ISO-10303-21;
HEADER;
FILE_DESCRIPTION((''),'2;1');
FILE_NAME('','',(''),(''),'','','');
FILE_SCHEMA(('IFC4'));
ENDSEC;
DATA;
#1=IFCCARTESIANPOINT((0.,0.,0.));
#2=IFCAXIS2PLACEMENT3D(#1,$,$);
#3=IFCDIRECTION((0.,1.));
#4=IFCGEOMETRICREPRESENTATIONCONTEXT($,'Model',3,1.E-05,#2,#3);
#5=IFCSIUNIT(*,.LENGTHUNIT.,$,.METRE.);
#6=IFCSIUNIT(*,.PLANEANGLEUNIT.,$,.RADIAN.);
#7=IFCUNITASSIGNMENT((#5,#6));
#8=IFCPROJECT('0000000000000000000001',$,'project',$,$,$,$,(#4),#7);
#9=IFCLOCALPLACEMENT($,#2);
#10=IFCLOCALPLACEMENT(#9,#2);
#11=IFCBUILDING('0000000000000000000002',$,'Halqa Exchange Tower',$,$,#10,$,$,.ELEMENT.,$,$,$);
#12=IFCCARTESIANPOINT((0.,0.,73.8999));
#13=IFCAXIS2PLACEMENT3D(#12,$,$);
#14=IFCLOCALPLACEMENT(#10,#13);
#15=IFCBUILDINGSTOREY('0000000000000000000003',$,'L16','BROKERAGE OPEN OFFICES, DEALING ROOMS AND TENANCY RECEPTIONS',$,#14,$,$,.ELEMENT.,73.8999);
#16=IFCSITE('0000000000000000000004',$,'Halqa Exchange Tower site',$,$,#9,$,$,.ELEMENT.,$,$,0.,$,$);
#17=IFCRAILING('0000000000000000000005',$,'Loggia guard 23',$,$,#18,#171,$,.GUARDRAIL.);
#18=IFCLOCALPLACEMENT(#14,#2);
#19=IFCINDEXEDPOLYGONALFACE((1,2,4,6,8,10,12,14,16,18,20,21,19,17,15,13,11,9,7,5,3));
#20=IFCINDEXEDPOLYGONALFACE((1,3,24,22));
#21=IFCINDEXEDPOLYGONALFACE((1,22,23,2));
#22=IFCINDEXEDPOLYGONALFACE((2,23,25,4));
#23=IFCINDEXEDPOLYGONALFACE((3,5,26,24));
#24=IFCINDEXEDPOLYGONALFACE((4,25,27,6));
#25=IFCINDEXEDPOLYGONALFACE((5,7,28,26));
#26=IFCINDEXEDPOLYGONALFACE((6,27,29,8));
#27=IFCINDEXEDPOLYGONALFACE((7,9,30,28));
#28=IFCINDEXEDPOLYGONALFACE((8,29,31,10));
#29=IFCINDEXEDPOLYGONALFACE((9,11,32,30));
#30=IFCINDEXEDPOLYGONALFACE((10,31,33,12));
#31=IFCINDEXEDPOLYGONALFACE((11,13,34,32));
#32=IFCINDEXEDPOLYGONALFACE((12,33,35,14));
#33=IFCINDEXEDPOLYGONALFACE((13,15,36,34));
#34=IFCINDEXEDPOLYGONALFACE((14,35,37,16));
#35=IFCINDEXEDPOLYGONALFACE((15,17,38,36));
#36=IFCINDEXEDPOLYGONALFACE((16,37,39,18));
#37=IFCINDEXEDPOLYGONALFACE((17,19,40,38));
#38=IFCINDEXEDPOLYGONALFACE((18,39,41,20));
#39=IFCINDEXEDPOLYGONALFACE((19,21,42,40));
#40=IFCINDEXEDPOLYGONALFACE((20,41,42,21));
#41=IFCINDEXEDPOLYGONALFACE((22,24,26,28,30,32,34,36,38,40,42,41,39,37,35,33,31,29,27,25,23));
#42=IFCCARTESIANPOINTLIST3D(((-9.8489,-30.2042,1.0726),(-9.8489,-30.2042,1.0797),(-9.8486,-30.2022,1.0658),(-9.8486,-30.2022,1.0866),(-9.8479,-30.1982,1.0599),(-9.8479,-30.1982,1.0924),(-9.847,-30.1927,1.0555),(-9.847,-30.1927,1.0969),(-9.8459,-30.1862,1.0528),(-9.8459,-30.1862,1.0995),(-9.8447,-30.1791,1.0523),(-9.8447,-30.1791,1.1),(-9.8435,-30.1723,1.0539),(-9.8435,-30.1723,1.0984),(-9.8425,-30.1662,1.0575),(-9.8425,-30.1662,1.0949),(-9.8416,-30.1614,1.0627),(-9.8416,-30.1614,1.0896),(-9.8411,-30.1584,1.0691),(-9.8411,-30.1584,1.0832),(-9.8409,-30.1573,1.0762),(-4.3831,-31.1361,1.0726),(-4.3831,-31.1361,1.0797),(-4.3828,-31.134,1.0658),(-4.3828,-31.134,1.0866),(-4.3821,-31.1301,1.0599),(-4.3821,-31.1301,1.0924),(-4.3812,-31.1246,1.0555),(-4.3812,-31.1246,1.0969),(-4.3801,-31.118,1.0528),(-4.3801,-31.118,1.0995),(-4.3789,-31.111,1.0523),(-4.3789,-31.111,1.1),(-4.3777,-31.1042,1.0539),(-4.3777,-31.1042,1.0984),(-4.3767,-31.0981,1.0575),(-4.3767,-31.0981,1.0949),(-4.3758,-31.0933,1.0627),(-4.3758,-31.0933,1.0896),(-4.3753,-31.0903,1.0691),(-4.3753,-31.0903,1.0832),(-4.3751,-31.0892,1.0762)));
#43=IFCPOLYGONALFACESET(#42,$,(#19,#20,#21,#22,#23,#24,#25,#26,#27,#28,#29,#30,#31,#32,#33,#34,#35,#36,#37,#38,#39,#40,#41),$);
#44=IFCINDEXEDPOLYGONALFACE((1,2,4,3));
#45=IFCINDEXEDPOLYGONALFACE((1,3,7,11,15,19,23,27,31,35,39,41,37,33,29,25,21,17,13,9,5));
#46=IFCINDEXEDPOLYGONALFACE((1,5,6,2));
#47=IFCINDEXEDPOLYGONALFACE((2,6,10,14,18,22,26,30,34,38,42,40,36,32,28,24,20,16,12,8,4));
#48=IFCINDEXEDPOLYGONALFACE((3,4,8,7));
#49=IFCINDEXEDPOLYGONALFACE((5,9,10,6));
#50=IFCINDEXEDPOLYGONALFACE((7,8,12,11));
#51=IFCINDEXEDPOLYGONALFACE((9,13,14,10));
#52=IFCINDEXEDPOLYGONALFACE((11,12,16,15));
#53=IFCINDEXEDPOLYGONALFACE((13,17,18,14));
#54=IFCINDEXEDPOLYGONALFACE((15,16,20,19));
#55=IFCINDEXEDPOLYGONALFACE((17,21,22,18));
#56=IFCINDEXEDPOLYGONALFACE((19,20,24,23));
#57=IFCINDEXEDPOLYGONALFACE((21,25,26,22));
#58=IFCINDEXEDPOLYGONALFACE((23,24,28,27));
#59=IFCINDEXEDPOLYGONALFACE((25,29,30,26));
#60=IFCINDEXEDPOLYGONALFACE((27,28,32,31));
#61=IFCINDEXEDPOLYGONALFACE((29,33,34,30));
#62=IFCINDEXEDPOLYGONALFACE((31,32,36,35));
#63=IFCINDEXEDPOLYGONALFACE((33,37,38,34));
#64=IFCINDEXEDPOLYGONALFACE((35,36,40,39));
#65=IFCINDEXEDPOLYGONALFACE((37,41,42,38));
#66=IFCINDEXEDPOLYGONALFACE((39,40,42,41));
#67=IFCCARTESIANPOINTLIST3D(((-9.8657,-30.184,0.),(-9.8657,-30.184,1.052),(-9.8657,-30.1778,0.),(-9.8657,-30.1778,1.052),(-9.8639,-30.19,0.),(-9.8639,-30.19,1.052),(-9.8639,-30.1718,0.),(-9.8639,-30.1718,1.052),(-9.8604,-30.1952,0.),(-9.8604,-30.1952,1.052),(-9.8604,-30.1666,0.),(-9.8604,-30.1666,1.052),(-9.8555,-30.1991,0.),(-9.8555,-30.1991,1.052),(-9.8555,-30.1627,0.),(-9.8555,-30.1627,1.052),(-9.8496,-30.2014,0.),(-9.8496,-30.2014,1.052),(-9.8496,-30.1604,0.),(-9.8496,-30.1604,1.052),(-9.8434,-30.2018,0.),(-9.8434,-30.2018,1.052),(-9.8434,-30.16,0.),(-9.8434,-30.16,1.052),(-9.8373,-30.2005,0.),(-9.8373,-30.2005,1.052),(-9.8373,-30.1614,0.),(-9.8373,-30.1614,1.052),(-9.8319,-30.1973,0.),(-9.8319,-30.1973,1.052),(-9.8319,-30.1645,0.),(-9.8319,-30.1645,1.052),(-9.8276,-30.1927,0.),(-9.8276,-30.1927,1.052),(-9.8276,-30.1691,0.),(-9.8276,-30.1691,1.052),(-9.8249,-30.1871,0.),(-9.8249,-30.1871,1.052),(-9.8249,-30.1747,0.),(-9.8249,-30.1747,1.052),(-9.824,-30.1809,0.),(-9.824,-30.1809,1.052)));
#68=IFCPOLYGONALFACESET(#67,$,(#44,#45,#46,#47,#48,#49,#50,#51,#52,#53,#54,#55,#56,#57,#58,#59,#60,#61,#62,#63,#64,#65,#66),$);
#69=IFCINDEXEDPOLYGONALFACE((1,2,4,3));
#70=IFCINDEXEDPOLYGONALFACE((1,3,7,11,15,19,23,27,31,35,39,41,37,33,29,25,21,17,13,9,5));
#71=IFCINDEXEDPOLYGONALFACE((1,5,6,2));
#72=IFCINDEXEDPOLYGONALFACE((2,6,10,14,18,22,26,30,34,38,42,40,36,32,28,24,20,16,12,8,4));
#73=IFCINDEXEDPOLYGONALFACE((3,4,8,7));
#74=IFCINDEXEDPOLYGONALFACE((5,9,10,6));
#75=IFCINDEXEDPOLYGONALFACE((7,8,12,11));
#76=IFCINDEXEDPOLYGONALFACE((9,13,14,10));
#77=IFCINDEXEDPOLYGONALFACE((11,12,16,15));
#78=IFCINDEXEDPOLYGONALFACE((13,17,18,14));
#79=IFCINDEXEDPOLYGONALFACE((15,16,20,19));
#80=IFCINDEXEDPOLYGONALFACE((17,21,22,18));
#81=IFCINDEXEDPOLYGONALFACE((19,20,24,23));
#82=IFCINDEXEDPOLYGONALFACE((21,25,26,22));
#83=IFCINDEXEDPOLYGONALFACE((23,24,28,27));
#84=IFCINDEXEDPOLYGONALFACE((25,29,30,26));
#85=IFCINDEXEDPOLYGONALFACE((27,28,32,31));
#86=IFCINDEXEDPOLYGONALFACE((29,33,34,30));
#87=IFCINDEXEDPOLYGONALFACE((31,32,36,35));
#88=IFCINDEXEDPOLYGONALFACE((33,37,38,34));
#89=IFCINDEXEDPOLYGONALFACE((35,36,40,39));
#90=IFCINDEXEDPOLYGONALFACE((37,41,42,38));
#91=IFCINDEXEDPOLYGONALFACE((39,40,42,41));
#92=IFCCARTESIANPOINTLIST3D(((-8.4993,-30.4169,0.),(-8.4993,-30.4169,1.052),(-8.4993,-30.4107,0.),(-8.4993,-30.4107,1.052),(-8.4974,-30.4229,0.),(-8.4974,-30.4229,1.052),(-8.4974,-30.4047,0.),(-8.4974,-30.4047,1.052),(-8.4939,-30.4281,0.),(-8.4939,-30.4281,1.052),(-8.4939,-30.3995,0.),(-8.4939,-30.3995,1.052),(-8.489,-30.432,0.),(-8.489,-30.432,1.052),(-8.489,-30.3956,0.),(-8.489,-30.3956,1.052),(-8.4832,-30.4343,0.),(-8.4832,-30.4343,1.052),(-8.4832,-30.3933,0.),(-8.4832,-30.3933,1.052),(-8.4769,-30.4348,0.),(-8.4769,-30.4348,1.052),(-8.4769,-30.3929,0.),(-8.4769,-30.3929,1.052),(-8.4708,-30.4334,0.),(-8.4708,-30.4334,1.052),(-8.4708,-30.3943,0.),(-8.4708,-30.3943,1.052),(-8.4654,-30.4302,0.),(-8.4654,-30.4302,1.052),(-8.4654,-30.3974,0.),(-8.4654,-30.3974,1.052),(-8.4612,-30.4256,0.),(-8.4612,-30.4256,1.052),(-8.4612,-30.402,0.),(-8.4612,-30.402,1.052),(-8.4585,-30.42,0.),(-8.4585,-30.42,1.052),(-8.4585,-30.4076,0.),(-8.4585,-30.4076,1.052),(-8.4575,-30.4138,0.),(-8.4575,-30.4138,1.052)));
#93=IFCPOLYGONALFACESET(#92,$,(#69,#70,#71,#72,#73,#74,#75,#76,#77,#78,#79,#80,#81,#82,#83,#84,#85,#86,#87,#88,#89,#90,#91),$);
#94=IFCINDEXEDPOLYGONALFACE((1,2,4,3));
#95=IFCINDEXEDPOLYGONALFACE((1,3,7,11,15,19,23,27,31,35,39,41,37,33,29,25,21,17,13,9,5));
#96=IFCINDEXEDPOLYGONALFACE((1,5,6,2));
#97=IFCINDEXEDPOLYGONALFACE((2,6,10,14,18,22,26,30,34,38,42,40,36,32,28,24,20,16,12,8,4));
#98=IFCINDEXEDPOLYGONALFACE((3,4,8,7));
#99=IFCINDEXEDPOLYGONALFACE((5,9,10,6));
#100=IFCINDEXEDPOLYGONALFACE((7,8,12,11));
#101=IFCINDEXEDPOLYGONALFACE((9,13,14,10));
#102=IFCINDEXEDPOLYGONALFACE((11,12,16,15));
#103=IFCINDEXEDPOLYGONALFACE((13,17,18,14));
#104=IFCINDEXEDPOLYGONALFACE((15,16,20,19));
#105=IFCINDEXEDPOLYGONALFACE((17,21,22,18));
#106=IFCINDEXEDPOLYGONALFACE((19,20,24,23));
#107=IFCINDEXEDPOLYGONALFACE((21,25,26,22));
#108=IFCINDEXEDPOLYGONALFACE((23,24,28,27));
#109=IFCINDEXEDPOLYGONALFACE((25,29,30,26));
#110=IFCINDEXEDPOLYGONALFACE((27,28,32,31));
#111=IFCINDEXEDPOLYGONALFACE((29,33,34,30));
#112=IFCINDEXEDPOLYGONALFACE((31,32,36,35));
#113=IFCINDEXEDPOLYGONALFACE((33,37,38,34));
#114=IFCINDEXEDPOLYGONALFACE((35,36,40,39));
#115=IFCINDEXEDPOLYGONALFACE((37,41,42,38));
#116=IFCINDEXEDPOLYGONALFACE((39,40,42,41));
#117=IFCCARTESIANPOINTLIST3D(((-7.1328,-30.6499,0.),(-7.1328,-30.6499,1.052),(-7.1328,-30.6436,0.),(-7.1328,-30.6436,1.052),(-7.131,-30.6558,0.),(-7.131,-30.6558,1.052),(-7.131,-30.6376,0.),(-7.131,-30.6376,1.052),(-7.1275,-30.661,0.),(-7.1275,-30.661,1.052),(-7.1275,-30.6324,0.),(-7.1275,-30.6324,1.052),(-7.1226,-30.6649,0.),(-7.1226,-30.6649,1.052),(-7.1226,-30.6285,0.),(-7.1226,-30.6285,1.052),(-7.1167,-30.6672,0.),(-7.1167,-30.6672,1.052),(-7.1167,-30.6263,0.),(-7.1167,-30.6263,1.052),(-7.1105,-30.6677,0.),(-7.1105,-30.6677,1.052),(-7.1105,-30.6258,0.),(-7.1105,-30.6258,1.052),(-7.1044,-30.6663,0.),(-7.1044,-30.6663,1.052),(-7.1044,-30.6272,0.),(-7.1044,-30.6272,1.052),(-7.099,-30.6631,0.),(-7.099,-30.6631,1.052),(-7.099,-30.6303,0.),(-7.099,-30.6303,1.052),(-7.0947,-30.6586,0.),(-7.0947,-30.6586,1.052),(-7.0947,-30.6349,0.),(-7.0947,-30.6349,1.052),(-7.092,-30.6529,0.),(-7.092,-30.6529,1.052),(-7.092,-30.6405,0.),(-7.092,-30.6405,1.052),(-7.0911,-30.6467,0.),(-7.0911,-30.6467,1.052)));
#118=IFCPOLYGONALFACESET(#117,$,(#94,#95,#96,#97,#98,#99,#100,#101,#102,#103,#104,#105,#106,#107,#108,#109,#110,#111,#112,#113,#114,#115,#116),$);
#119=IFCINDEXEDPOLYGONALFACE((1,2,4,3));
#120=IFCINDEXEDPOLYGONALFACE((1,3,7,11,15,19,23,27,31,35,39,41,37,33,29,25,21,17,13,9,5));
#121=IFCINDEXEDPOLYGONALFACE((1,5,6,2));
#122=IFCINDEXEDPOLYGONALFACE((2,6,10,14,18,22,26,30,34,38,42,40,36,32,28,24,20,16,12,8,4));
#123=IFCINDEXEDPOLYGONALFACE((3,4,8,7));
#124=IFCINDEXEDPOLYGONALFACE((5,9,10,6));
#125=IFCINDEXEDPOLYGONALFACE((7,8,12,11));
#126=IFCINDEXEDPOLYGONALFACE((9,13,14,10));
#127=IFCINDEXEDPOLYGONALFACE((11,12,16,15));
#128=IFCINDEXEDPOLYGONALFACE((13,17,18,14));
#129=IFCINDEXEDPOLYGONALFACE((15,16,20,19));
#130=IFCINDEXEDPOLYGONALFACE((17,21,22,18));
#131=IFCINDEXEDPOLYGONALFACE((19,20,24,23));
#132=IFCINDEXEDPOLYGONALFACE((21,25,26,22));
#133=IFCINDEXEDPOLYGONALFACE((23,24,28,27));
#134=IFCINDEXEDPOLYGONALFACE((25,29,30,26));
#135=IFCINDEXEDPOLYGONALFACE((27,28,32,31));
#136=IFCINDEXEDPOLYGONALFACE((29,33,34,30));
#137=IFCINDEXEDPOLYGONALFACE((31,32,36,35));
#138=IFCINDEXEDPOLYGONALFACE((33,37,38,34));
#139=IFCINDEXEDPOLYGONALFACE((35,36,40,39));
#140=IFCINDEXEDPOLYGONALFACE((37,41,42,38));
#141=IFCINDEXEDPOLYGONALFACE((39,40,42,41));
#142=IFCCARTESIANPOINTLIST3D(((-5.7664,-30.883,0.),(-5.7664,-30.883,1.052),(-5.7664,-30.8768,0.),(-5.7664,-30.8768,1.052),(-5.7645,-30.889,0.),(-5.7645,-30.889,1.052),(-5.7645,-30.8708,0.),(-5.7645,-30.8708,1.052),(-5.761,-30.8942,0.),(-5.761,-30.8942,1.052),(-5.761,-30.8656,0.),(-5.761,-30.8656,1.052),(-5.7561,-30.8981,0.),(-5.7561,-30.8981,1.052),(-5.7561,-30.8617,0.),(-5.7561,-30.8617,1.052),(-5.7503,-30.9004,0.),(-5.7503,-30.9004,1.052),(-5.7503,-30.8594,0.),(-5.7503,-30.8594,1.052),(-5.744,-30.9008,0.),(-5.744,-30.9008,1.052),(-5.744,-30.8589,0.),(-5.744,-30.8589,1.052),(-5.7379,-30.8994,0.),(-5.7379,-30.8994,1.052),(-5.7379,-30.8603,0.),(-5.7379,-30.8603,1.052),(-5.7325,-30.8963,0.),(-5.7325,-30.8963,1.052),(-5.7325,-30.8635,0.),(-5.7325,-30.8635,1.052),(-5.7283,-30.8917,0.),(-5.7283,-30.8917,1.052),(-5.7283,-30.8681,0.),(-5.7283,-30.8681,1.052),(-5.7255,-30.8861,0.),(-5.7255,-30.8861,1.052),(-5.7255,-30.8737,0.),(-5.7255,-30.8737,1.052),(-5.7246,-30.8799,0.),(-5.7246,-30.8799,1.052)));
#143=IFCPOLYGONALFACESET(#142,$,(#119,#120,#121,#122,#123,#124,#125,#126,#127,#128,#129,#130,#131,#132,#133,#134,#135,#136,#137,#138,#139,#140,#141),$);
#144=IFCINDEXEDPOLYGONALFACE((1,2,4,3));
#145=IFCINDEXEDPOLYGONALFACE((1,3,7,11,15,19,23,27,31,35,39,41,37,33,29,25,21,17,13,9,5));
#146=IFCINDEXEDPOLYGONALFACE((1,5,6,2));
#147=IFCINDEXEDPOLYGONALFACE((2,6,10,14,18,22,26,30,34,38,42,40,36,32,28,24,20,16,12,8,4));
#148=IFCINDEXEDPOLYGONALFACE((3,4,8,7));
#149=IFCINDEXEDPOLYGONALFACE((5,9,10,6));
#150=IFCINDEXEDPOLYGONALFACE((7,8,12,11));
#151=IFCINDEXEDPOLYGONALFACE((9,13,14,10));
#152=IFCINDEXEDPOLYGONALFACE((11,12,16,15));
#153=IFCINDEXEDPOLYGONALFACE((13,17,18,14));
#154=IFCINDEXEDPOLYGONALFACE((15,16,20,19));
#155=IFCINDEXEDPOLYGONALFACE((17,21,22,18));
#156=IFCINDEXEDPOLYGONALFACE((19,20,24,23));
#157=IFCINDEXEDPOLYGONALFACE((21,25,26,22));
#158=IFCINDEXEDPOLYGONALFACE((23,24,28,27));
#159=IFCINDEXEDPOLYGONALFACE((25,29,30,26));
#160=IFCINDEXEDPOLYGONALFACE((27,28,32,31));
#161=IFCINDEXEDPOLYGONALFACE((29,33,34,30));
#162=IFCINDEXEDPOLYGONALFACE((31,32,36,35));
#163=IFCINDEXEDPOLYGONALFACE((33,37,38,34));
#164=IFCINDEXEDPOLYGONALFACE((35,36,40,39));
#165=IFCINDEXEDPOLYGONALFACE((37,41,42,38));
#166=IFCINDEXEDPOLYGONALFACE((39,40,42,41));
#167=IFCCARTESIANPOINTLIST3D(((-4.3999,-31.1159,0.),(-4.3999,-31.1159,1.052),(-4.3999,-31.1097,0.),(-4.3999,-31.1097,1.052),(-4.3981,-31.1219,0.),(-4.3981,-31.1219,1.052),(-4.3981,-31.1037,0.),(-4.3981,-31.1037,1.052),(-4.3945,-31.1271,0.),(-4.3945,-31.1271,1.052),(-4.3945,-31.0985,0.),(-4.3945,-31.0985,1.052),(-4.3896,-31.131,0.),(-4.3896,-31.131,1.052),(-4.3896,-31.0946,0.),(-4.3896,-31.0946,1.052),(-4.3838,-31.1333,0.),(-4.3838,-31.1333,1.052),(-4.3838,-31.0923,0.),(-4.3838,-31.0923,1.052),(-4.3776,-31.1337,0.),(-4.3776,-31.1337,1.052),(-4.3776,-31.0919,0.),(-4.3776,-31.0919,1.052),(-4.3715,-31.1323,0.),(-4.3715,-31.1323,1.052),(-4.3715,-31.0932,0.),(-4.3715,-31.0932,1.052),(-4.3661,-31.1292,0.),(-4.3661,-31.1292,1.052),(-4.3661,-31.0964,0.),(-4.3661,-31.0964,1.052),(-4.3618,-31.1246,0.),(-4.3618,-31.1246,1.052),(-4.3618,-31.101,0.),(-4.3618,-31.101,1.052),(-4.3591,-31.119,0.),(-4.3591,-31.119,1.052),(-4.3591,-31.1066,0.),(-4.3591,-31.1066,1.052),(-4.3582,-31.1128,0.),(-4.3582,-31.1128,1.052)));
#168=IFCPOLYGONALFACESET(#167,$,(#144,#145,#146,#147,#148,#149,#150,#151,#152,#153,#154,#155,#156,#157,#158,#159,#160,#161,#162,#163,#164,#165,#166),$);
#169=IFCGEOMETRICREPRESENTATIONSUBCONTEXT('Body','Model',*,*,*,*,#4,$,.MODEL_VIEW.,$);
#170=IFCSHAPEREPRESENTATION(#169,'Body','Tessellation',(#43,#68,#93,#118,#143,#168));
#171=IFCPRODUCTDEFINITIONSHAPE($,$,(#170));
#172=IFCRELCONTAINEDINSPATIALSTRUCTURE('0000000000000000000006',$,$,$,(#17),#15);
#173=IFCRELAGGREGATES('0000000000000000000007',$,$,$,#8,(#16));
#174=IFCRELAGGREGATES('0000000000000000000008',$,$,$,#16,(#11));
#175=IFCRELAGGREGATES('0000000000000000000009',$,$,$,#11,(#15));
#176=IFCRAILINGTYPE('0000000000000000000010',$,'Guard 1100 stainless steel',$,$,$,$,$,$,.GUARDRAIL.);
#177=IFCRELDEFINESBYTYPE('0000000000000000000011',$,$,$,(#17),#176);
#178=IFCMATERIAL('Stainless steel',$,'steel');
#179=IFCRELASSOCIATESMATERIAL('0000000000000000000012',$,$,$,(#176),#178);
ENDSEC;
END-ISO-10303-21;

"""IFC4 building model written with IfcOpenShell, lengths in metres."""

from ifc_helpers import new_model, si_unit, direction, frame, origin, origin_2d, place, context, subcontext, project, spatial, circle, extrude, material, type_object, element, save


model = new_model("IFC4")

# Units and contexts
model_context = context("Model", 3, precision=1e-05, world=origin(), true_north=direction((0.0, 1.0)))
body_context = subcontext(model_context, "Body", "Model", "MODEL_VIEW")
ifc_project = project(units=[si_unit("LENGTHUNIT", "METRE"), si_unit("PLANEANGLEUNIT", "RADIAN")], contexts=[model_context])

# Site, building, storey
site_placement = place(None, origin())
site = spatial("IfcSite", under=ifc_project, at=site_placement, Name="Halqa Exchange Tower site", CompositionType="ELEMENT", RefElevation=0.0)
building_placement = place(site_placement, origin())
building = spatial("IfcBuilding", under=site, at=building_placement, Name="Halqa Exchange Tower", CompositionType="ELEMENT")
storey_placement = place(building_placement, frame((0.0, 0.0, 73.8999)))
storey = spatial("IfcBuildingStorey", under=building, at=storey_placement, Name="L16", Description="BROKERAGE OPEN OFFICES, DEALING ROOMS AND TENANCY RECEPTIONS", CompositionType="ELEMENT", Elevation=73.8999)

# Railing
ifc_material_1 = material(Name="Stainless steel", Category="steel")
railing_type = type_object("IfcRailingType", Name="Guard 1100 stainless steel", PredefinedType="GUARDRAIL", material=ifc_material_1)
railing_1_placement = place(storey_placement, frame((-9.845, -30.1809, 0.0)))
element("IfcRailing", 1, at=railing_1_placement, inside=storey, type_object=railing_type, Name="Loggia guard 23", PredefinedType="GUARDRAIL", context=body_context, shape_type="SweptSolid", body=[
    extrude(circle(Radius=0.0239, at=origin_2d()), frame((0.0, 0.0, 1.0762), z_axis=(0.985775, -0.168068, 0.0), x_axis=(0.168068, 0.985775, 0.0)), (0.0, 0.0, 1.0), 5.5447),
    extrude(circle(Radius=0.021, at=origin_2d()), origin(), (0.0, 0.0, 1.0), 1.052),
    extrude(circle(Radius=0.021, at=origin_2d()), frame((1.3665, -0.2329, 0.0)), (0.0, 0.0, 1.0), 1.052),
    extrude(circle(Radius=0.021, at=origin_2d()), frame((2.7329, -0.4658, 0.0)), (0.0, 0.0, 1.0), 1.052),
    extrude(circle(Radius=0.021, at=origin_2d()), frame((4.0994, -0.699, 0.0)), (0.0, 0.0, 1.0), 1.052),
    extrude(circle(Radius=0.021, at=origin_2d()), frame((5.4658, -0.9319, 0.0)), (0.0, 0.0, 1.0), 1.052),
])

save(model, "model.ifc")
